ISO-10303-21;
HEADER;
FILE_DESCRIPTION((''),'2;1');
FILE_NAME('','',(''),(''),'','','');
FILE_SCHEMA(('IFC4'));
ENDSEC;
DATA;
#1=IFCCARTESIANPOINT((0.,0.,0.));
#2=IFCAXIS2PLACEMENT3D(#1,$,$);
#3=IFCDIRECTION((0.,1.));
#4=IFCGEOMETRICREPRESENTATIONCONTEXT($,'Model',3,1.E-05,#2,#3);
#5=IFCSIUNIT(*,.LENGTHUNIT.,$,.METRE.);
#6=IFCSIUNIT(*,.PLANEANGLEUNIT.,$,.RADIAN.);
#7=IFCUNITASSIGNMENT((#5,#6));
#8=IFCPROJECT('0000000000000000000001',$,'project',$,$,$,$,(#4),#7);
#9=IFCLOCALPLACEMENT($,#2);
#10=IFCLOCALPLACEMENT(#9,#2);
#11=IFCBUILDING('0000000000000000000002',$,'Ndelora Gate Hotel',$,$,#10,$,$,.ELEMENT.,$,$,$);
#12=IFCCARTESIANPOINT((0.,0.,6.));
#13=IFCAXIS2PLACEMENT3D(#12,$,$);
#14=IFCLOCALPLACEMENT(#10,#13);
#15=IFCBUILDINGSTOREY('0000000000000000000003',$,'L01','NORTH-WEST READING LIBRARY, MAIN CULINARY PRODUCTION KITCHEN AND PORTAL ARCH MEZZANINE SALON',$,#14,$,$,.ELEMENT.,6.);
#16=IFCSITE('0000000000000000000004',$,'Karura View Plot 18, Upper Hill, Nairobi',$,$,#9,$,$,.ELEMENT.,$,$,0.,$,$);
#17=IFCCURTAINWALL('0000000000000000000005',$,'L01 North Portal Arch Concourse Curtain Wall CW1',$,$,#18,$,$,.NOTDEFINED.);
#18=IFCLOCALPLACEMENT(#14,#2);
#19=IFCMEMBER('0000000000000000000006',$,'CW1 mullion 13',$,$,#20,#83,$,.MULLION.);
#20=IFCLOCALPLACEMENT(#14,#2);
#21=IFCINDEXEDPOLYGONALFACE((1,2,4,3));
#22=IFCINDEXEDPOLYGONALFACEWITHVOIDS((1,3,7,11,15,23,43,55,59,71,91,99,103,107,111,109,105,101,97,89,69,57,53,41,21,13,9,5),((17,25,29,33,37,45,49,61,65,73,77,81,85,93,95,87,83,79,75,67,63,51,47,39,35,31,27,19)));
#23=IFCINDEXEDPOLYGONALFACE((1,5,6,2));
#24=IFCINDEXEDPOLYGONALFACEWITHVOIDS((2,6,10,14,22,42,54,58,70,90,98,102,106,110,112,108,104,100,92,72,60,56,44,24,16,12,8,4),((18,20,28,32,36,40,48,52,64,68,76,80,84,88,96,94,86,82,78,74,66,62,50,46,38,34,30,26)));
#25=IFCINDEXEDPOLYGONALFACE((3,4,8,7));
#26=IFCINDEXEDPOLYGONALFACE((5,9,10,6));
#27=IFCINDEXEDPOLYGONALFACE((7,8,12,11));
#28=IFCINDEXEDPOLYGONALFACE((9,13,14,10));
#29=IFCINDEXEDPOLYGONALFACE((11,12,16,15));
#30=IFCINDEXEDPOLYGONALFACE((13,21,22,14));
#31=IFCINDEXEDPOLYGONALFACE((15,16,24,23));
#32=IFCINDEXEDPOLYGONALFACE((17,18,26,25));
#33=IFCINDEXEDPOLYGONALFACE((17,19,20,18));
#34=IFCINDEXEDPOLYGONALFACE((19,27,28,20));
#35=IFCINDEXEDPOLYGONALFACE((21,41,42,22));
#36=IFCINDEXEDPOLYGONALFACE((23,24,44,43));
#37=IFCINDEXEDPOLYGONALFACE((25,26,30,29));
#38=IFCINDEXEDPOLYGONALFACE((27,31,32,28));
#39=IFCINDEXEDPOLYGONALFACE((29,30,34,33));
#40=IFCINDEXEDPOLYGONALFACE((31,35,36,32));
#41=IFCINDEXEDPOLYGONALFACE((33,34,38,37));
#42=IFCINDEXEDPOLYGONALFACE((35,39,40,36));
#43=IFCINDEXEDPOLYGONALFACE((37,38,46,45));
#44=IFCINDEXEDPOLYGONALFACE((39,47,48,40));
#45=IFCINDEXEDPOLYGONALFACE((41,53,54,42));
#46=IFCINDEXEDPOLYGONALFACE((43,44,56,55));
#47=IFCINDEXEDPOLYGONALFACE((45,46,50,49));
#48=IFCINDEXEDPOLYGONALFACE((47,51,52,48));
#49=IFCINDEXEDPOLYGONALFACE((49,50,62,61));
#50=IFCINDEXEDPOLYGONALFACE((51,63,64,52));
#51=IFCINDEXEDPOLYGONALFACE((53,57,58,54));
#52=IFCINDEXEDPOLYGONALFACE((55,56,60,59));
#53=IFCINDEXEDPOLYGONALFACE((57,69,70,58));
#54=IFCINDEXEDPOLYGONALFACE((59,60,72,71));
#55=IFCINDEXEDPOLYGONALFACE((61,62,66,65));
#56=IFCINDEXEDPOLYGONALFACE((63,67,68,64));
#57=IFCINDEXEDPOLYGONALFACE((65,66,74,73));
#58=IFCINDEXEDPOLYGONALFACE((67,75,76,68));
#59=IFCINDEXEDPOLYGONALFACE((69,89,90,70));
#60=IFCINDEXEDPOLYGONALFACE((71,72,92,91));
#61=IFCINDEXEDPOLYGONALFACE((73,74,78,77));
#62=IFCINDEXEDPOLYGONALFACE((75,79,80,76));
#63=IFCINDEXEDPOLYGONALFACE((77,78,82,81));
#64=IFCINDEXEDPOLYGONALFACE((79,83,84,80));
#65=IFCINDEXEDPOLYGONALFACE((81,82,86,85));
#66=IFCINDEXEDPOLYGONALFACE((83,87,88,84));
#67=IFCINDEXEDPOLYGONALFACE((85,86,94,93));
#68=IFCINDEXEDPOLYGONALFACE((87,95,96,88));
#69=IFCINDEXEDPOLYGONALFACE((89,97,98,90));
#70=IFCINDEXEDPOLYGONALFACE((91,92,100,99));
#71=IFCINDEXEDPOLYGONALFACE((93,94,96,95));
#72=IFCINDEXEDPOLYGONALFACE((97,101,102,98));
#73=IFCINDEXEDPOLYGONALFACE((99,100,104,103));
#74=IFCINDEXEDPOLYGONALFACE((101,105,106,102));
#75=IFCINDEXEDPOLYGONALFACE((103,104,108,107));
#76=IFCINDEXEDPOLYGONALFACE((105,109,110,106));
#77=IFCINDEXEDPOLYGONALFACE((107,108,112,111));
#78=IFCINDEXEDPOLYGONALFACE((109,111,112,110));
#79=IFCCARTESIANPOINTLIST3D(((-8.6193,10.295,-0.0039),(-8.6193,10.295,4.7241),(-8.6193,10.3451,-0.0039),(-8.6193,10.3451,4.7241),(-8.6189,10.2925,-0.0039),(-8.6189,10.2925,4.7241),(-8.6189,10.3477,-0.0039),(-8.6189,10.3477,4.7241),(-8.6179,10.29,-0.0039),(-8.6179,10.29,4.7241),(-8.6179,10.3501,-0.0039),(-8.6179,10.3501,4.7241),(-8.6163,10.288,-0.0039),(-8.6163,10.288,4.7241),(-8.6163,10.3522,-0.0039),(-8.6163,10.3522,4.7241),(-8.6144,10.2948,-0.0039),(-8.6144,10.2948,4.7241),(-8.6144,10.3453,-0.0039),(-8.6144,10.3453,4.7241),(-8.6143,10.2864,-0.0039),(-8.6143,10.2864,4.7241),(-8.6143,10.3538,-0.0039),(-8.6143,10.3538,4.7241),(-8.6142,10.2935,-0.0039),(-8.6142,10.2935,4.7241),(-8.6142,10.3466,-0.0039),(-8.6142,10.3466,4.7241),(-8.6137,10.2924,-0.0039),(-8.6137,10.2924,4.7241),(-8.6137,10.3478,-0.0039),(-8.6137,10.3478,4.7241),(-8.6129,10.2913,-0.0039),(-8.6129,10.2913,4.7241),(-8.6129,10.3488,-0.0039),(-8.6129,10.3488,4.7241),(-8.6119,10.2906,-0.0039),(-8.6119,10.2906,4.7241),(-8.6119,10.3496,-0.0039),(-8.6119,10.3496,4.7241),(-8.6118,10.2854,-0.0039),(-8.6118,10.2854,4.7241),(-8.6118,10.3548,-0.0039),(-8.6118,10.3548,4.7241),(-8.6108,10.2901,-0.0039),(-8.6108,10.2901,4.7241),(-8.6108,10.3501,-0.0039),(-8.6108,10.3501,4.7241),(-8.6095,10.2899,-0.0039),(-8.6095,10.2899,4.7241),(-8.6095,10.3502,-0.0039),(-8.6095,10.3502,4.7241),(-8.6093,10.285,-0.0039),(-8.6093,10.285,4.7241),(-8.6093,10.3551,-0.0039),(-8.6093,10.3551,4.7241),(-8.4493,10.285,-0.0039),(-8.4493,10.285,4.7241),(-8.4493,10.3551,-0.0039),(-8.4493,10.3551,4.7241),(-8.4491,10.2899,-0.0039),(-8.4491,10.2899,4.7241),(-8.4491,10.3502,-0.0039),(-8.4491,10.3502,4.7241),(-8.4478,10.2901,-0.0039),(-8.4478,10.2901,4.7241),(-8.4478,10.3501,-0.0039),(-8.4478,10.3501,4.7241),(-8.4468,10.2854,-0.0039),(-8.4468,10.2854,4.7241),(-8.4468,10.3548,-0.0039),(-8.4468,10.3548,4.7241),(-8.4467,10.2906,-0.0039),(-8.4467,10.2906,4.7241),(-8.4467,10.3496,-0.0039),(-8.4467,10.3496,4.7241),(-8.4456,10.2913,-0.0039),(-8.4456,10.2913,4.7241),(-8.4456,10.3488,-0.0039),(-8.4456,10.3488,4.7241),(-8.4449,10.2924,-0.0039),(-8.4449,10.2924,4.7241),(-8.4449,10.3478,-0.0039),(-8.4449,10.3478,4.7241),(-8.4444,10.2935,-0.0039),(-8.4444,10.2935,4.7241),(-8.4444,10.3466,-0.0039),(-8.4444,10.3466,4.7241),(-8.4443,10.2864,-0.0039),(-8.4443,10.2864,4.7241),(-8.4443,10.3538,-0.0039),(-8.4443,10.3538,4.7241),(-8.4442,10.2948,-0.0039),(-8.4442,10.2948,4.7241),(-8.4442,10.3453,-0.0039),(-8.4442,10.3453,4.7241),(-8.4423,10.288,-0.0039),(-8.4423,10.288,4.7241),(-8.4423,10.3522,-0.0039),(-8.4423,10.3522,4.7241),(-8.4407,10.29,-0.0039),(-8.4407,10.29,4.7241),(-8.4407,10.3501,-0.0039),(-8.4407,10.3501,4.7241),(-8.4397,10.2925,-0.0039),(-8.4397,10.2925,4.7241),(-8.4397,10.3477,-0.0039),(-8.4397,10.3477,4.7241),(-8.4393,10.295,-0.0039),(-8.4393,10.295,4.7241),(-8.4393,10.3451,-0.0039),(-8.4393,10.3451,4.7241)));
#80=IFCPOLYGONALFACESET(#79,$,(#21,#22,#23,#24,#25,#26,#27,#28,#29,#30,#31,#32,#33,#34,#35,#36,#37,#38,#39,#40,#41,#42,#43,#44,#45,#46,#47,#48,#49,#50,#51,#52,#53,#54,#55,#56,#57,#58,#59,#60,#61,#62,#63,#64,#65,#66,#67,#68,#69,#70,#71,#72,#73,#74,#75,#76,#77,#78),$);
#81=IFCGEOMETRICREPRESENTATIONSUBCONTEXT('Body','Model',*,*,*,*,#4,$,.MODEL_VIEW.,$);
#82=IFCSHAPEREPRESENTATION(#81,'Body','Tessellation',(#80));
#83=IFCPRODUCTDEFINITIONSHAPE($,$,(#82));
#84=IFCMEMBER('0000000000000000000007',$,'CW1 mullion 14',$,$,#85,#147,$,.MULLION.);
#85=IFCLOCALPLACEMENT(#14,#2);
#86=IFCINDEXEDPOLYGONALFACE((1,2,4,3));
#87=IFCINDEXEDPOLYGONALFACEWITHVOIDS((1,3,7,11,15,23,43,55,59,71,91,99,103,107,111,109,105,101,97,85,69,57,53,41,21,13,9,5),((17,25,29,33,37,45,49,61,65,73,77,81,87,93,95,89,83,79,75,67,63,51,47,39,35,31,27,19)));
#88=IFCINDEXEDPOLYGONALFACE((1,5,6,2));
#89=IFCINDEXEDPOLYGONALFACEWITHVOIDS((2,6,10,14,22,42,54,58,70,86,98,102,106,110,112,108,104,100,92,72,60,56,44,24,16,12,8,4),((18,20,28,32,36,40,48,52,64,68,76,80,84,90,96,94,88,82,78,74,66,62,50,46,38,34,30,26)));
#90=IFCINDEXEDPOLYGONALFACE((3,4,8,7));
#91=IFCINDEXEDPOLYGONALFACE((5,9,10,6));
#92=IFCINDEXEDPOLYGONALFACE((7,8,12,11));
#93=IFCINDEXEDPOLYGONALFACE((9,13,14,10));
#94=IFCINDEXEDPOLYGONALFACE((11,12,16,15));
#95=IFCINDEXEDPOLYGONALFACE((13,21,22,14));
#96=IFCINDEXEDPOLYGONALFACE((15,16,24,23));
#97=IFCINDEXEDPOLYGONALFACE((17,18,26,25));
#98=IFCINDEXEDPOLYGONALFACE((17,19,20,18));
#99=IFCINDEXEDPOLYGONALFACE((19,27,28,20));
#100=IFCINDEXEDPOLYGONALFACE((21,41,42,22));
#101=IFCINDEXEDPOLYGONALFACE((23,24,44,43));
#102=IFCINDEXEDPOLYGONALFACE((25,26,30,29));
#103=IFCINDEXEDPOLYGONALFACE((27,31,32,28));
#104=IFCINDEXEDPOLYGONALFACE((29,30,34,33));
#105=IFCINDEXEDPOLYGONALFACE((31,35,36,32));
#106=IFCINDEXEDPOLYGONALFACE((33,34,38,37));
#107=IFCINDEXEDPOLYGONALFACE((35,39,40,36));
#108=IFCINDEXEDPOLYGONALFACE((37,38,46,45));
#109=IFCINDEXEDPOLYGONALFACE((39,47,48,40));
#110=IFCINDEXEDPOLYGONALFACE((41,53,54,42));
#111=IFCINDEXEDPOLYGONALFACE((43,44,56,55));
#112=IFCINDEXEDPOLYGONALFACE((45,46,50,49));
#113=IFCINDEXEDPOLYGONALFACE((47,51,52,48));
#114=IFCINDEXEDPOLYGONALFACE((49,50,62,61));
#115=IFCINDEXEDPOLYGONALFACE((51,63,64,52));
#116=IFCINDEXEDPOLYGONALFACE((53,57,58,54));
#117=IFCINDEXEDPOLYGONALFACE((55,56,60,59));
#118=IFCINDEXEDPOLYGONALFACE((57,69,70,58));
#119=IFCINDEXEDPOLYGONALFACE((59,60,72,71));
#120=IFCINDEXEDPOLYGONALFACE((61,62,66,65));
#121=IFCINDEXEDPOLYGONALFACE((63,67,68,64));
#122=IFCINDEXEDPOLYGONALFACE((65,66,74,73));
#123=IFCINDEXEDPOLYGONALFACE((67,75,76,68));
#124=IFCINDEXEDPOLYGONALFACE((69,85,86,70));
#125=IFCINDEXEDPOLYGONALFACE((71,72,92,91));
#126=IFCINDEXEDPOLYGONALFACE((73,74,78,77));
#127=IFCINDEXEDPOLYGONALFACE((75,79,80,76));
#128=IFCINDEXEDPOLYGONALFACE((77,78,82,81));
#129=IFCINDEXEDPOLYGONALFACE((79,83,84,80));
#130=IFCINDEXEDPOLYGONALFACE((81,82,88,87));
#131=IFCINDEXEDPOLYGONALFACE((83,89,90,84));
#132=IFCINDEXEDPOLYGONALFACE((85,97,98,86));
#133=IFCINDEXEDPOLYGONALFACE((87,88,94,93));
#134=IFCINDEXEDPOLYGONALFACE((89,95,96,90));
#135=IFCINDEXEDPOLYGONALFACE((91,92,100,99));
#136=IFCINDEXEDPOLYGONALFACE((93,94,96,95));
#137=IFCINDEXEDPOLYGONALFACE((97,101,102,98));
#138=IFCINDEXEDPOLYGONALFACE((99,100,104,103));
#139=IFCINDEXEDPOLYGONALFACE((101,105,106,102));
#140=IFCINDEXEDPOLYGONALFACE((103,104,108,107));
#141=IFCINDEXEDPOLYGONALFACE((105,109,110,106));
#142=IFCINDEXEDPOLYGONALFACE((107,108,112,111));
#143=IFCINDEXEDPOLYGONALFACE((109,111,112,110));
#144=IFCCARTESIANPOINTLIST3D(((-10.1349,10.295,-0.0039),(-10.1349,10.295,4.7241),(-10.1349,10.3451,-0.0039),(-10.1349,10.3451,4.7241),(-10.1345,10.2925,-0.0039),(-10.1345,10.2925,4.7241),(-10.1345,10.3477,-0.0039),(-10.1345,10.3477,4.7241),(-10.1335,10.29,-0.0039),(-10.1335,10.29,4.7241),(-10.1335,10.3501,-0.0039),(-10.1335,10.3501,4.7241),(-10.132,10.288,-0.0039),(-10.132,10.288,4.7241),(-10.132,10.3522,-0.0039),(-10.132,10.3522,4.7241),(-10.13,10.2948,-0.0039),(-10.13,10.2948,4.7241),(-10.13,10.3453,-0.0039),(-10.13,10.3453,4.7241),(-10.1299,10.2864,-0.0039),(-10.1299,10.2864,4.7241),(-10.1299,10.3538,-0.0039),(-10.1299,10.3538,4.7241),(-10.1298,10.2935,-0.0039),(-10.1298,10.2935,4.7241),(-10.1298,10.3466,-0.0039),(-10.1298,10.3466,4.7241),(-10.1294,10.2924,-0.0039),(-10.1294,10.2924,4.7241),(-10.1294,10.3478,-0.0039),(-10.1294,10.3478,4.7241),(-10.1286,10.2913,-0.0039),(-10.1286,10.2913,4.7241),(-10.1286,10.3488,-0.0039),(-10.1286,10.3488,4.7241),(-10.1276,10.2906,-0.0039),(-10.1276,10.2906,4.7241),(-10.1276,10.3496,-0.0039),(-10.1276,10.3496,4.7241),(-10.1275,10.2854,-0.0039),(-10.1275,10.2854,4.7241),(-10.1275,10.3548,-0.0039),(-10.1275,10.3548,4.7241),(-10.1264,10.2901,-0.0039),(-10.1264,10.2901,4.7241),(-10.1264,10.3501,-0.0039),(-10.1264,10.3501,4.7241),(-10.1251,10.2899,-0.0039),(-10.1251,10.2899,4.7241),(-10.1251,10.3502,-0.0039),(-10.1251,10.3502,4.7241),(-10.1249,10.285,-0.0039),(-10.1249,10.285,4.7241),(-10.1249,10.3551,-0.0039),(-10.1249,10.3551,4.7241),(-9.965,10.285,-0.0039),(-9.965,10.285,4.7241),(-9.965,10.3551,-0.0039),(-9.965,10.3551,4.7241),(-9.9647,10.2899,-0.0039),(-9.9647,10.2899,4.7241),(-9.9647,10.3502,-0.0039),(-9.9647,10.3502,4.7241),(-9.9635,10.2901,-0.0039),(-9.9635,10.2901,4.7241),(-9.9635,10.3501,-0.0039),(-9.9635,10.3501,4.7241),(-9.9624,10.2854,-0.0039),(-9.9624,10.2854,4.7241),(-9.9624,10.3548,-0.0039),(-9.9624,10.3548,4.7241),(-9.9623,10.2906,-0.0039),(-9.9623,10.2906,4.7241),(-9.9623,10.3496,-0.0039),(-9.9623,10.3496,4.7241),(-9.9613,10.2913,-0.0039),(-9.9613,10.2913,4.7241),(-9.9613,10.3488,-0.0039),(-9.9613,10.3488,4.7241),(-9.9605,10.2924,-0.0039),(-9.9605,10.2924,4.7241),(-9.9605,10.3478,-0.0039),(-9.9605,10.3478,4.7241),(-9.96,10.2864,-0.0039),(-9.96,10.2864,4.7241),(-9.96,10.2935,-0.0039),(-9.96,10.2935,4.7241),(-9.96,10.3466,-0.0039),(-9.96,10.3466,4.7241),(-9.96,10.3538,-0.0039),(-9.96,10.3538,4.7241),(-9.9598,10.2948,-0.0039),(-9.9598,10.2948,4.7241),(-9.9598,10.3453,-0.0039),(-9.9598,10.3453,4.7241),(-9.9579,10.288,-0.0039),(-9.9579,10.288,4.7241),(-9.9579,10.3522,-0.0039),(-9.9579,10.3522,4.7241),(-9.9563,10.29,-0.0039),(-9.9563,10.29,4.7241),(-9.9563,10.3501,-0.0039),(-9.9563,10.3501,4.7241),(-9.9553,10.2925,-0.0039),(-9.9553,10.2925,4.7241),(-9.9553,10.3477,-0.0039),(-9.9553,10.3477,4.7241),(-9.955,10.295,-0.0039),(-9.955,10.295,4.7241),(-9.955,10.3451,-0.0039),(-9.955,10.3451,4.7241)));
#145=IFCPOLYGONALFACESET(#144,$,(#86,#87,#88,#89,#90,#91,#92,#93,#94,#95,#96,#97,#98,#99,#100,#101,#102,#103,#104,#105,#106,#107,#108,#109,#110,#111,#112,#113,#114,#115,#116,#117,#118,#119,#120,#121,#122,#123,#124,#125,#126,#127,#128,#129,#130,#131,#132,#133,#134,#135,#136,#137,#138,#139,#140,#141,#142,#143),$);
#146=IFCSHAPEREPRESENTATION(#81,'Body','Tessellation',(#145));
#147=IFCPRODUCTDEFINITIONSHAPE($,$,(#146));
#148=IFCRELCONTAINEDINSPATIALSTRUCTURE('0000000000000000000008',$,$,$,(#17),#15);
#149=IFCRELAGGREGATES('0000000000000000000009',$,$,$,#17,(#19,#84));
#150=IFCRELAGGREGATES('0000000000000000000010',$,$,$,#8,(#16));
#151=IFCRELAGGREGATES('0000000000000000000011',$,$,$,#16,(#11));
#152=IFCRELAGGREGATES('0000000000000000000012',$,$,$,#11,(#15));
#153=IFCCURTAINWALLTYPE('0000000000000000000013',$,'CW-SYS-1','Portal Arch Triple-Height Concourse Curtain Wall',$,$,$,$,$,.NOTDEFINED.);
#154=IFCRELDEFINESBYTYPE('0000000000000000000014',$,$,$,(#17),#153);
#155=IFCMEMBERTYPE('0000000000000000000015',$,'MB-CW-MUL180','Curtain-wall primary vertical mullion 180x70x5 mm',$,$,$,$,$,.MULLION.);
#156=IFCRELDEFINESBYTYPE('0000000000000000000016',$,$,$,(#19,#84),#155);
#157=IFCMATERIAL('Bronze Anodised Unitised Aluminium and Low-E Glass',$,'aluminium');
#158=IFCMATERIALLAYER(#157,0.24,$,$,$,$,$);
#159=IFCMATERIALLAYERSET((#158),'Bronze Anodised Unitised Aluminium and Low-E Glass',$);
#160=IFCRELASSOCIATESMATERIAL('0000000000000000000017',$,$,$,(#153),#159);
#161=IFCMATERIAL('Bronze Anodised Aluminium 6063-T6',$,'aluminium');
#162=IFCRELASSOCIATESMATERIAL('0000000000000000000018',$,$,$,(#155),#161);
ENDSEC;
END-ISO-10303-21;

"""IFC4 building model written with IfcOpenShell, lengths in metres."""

from ifc_helpers import new_model, si_unit, direction, frame, origin, origin_2d, place, context, subcontext, project, spatial, hollow_rectangle, extrude, material, layer, layer_set, material_profile, profile_set, type_object, element, aggregate, save


model = new_model("IFC4")

# Units and contexts
model_context = context("Model", 3, precision=1e-05, world=origin(), true_north=direction((0.0, 1.0)))
body_context = subcontext(model_context, "Body", "Model", "MODEL_VIEW")
ifc_project = project(units=[si_unit("LENGTHUNIT", "METRE"), si_unit("PLANEANGLEUNIT", "RADIAN")], contexts=[model_context])

# Site, building, storey
site_placement = place(None, origin())
site = spatial("IfcSite", under=ifc_project, at=site_placement, Name="Karura View Plot 18, Upper Hill, Nairobi", CompositionType="ELEMENT", RefElevation=0.0)
building_placement = place(site_placement, origin())
building = spatial("IfcBuilding", under=site, at=building_placement, Name="Ndelora Gate Hotel", CompositionType="ELEMENT")
storey_placement = place(building_placement, frame((0.0, 0.0, 6.0)))
storey = spatial("IfcBuildingStorey", under=building, at=storey_placement, Name="L01", Description="NORTH-WEST READING LIBRARY, MAIN CULINARY PRODUCTION KITCHEN AND PORTAL ARCH MEZZANINE SALON", CompositionType="ELEMENT", Elevation=6.0)

# Curtain wall, members
ifc_material_1 = material(Name="Bronze Anodised Unitised Aluminium and Low-E Glass", Category="aluminium")
ifc_layer_1 = layer(ifc_material_1, 0.24)
ifc_layer_set_1 = layer_set([ifc_layer_1], Name="Bronze Anodised Unitised Aluminium and Low-E Glass")
curtain_wall_type = type_object("IfcCurtainWallType", Name="CW-SYS-1", Description="Portal Arch Triple-Height Concourse Curtain Wall", PredefinedType="NOTDEFINED", material=ifc_layer_set_1)
curtain_wall_placement = place(storey_placement, origin())
curtain_wall = element("IfcCurtainWall", 1, at=curtain_wall_placement, inside=storey, type_object=curtain_wall_type, Name="L01 North Portal Arch Concourse Curtain Wall CW1", PredefinedType="NOTDEFINED")
ifc_material_2 = material(Name="Bronze Anodised Aluminium 6063-T6", Category="aluminium")
ifc_material_profile_1 = material_profile(ifc_material_2, hollow_rectangle(XDim=0.0701, YDim=0.1799, WallThickness=0.0049, InnerFilletRadius=0.0049, OuterFilletRadius=0.01, at=origin_2d()), Name="ALU 180x70x5")
ifc_profile_set_1 = profile_set([ifc_material_profile_1], Name="Bronze Anodised Aluminium 6063-T6")
member_type_1 = type_object("IfcMemberType", Name="MB-CW-MUL180", Description="Curtain-wall primary vertical mullion 180x70x5 mm", PredefinedType="MULLION", material=ifc_profile_set_1)
member_1_placement = place(storey_placement, frame((-8.5293, 10.3201, -0.0039), z_axis=(0.0, 0.0, 1.0), x_axis=(0.0, -1.0, 0.0)))
member_1 = element("IfcMember", 2, at=member_1_placement, type_object=member_type_1, Name="CW1 mullion 13", PredefinedType="MULLION", context=body_context, shape_type="SweptSolid", body=[
    extrude(hollow_rectangle(XDim=0.0701, YDim=0.1799, WallThickness=0.0049, InnerFilletRadius=0.0049, OuterFilletRadius=0.01, at=origin_2d()), origin(), (0.0, 0.0, 1.0), 4.728),
])
member_2_placement = place(storey_placement, frame((-10.0449, 10.3201, -0.0039), z_axis=(0.0, 0.0, 1.0), x_axis=(0.0, -1.0, 0.0)))
member_2 = element("IfcMember", 3, at=member_2_placement, type_object=member_type_1, Name="CW1 mullion 14", PredefinedType="MULLION", context=body_context, shape_type="SweptSolid", body=[
    extrude(hollow_rectangle(XDim=0.0701, YDim=0.1799, WallThickness=0.0049, InnerFilletRadius=0.0049, OuterFilletRadius=0.01, at=origin_2d()), origin(), (0.0, 0.0, 1.0), 4.728),
])
aggregate(curtain_wall, [member_1, member_2])

save(model, "model.ifc")
